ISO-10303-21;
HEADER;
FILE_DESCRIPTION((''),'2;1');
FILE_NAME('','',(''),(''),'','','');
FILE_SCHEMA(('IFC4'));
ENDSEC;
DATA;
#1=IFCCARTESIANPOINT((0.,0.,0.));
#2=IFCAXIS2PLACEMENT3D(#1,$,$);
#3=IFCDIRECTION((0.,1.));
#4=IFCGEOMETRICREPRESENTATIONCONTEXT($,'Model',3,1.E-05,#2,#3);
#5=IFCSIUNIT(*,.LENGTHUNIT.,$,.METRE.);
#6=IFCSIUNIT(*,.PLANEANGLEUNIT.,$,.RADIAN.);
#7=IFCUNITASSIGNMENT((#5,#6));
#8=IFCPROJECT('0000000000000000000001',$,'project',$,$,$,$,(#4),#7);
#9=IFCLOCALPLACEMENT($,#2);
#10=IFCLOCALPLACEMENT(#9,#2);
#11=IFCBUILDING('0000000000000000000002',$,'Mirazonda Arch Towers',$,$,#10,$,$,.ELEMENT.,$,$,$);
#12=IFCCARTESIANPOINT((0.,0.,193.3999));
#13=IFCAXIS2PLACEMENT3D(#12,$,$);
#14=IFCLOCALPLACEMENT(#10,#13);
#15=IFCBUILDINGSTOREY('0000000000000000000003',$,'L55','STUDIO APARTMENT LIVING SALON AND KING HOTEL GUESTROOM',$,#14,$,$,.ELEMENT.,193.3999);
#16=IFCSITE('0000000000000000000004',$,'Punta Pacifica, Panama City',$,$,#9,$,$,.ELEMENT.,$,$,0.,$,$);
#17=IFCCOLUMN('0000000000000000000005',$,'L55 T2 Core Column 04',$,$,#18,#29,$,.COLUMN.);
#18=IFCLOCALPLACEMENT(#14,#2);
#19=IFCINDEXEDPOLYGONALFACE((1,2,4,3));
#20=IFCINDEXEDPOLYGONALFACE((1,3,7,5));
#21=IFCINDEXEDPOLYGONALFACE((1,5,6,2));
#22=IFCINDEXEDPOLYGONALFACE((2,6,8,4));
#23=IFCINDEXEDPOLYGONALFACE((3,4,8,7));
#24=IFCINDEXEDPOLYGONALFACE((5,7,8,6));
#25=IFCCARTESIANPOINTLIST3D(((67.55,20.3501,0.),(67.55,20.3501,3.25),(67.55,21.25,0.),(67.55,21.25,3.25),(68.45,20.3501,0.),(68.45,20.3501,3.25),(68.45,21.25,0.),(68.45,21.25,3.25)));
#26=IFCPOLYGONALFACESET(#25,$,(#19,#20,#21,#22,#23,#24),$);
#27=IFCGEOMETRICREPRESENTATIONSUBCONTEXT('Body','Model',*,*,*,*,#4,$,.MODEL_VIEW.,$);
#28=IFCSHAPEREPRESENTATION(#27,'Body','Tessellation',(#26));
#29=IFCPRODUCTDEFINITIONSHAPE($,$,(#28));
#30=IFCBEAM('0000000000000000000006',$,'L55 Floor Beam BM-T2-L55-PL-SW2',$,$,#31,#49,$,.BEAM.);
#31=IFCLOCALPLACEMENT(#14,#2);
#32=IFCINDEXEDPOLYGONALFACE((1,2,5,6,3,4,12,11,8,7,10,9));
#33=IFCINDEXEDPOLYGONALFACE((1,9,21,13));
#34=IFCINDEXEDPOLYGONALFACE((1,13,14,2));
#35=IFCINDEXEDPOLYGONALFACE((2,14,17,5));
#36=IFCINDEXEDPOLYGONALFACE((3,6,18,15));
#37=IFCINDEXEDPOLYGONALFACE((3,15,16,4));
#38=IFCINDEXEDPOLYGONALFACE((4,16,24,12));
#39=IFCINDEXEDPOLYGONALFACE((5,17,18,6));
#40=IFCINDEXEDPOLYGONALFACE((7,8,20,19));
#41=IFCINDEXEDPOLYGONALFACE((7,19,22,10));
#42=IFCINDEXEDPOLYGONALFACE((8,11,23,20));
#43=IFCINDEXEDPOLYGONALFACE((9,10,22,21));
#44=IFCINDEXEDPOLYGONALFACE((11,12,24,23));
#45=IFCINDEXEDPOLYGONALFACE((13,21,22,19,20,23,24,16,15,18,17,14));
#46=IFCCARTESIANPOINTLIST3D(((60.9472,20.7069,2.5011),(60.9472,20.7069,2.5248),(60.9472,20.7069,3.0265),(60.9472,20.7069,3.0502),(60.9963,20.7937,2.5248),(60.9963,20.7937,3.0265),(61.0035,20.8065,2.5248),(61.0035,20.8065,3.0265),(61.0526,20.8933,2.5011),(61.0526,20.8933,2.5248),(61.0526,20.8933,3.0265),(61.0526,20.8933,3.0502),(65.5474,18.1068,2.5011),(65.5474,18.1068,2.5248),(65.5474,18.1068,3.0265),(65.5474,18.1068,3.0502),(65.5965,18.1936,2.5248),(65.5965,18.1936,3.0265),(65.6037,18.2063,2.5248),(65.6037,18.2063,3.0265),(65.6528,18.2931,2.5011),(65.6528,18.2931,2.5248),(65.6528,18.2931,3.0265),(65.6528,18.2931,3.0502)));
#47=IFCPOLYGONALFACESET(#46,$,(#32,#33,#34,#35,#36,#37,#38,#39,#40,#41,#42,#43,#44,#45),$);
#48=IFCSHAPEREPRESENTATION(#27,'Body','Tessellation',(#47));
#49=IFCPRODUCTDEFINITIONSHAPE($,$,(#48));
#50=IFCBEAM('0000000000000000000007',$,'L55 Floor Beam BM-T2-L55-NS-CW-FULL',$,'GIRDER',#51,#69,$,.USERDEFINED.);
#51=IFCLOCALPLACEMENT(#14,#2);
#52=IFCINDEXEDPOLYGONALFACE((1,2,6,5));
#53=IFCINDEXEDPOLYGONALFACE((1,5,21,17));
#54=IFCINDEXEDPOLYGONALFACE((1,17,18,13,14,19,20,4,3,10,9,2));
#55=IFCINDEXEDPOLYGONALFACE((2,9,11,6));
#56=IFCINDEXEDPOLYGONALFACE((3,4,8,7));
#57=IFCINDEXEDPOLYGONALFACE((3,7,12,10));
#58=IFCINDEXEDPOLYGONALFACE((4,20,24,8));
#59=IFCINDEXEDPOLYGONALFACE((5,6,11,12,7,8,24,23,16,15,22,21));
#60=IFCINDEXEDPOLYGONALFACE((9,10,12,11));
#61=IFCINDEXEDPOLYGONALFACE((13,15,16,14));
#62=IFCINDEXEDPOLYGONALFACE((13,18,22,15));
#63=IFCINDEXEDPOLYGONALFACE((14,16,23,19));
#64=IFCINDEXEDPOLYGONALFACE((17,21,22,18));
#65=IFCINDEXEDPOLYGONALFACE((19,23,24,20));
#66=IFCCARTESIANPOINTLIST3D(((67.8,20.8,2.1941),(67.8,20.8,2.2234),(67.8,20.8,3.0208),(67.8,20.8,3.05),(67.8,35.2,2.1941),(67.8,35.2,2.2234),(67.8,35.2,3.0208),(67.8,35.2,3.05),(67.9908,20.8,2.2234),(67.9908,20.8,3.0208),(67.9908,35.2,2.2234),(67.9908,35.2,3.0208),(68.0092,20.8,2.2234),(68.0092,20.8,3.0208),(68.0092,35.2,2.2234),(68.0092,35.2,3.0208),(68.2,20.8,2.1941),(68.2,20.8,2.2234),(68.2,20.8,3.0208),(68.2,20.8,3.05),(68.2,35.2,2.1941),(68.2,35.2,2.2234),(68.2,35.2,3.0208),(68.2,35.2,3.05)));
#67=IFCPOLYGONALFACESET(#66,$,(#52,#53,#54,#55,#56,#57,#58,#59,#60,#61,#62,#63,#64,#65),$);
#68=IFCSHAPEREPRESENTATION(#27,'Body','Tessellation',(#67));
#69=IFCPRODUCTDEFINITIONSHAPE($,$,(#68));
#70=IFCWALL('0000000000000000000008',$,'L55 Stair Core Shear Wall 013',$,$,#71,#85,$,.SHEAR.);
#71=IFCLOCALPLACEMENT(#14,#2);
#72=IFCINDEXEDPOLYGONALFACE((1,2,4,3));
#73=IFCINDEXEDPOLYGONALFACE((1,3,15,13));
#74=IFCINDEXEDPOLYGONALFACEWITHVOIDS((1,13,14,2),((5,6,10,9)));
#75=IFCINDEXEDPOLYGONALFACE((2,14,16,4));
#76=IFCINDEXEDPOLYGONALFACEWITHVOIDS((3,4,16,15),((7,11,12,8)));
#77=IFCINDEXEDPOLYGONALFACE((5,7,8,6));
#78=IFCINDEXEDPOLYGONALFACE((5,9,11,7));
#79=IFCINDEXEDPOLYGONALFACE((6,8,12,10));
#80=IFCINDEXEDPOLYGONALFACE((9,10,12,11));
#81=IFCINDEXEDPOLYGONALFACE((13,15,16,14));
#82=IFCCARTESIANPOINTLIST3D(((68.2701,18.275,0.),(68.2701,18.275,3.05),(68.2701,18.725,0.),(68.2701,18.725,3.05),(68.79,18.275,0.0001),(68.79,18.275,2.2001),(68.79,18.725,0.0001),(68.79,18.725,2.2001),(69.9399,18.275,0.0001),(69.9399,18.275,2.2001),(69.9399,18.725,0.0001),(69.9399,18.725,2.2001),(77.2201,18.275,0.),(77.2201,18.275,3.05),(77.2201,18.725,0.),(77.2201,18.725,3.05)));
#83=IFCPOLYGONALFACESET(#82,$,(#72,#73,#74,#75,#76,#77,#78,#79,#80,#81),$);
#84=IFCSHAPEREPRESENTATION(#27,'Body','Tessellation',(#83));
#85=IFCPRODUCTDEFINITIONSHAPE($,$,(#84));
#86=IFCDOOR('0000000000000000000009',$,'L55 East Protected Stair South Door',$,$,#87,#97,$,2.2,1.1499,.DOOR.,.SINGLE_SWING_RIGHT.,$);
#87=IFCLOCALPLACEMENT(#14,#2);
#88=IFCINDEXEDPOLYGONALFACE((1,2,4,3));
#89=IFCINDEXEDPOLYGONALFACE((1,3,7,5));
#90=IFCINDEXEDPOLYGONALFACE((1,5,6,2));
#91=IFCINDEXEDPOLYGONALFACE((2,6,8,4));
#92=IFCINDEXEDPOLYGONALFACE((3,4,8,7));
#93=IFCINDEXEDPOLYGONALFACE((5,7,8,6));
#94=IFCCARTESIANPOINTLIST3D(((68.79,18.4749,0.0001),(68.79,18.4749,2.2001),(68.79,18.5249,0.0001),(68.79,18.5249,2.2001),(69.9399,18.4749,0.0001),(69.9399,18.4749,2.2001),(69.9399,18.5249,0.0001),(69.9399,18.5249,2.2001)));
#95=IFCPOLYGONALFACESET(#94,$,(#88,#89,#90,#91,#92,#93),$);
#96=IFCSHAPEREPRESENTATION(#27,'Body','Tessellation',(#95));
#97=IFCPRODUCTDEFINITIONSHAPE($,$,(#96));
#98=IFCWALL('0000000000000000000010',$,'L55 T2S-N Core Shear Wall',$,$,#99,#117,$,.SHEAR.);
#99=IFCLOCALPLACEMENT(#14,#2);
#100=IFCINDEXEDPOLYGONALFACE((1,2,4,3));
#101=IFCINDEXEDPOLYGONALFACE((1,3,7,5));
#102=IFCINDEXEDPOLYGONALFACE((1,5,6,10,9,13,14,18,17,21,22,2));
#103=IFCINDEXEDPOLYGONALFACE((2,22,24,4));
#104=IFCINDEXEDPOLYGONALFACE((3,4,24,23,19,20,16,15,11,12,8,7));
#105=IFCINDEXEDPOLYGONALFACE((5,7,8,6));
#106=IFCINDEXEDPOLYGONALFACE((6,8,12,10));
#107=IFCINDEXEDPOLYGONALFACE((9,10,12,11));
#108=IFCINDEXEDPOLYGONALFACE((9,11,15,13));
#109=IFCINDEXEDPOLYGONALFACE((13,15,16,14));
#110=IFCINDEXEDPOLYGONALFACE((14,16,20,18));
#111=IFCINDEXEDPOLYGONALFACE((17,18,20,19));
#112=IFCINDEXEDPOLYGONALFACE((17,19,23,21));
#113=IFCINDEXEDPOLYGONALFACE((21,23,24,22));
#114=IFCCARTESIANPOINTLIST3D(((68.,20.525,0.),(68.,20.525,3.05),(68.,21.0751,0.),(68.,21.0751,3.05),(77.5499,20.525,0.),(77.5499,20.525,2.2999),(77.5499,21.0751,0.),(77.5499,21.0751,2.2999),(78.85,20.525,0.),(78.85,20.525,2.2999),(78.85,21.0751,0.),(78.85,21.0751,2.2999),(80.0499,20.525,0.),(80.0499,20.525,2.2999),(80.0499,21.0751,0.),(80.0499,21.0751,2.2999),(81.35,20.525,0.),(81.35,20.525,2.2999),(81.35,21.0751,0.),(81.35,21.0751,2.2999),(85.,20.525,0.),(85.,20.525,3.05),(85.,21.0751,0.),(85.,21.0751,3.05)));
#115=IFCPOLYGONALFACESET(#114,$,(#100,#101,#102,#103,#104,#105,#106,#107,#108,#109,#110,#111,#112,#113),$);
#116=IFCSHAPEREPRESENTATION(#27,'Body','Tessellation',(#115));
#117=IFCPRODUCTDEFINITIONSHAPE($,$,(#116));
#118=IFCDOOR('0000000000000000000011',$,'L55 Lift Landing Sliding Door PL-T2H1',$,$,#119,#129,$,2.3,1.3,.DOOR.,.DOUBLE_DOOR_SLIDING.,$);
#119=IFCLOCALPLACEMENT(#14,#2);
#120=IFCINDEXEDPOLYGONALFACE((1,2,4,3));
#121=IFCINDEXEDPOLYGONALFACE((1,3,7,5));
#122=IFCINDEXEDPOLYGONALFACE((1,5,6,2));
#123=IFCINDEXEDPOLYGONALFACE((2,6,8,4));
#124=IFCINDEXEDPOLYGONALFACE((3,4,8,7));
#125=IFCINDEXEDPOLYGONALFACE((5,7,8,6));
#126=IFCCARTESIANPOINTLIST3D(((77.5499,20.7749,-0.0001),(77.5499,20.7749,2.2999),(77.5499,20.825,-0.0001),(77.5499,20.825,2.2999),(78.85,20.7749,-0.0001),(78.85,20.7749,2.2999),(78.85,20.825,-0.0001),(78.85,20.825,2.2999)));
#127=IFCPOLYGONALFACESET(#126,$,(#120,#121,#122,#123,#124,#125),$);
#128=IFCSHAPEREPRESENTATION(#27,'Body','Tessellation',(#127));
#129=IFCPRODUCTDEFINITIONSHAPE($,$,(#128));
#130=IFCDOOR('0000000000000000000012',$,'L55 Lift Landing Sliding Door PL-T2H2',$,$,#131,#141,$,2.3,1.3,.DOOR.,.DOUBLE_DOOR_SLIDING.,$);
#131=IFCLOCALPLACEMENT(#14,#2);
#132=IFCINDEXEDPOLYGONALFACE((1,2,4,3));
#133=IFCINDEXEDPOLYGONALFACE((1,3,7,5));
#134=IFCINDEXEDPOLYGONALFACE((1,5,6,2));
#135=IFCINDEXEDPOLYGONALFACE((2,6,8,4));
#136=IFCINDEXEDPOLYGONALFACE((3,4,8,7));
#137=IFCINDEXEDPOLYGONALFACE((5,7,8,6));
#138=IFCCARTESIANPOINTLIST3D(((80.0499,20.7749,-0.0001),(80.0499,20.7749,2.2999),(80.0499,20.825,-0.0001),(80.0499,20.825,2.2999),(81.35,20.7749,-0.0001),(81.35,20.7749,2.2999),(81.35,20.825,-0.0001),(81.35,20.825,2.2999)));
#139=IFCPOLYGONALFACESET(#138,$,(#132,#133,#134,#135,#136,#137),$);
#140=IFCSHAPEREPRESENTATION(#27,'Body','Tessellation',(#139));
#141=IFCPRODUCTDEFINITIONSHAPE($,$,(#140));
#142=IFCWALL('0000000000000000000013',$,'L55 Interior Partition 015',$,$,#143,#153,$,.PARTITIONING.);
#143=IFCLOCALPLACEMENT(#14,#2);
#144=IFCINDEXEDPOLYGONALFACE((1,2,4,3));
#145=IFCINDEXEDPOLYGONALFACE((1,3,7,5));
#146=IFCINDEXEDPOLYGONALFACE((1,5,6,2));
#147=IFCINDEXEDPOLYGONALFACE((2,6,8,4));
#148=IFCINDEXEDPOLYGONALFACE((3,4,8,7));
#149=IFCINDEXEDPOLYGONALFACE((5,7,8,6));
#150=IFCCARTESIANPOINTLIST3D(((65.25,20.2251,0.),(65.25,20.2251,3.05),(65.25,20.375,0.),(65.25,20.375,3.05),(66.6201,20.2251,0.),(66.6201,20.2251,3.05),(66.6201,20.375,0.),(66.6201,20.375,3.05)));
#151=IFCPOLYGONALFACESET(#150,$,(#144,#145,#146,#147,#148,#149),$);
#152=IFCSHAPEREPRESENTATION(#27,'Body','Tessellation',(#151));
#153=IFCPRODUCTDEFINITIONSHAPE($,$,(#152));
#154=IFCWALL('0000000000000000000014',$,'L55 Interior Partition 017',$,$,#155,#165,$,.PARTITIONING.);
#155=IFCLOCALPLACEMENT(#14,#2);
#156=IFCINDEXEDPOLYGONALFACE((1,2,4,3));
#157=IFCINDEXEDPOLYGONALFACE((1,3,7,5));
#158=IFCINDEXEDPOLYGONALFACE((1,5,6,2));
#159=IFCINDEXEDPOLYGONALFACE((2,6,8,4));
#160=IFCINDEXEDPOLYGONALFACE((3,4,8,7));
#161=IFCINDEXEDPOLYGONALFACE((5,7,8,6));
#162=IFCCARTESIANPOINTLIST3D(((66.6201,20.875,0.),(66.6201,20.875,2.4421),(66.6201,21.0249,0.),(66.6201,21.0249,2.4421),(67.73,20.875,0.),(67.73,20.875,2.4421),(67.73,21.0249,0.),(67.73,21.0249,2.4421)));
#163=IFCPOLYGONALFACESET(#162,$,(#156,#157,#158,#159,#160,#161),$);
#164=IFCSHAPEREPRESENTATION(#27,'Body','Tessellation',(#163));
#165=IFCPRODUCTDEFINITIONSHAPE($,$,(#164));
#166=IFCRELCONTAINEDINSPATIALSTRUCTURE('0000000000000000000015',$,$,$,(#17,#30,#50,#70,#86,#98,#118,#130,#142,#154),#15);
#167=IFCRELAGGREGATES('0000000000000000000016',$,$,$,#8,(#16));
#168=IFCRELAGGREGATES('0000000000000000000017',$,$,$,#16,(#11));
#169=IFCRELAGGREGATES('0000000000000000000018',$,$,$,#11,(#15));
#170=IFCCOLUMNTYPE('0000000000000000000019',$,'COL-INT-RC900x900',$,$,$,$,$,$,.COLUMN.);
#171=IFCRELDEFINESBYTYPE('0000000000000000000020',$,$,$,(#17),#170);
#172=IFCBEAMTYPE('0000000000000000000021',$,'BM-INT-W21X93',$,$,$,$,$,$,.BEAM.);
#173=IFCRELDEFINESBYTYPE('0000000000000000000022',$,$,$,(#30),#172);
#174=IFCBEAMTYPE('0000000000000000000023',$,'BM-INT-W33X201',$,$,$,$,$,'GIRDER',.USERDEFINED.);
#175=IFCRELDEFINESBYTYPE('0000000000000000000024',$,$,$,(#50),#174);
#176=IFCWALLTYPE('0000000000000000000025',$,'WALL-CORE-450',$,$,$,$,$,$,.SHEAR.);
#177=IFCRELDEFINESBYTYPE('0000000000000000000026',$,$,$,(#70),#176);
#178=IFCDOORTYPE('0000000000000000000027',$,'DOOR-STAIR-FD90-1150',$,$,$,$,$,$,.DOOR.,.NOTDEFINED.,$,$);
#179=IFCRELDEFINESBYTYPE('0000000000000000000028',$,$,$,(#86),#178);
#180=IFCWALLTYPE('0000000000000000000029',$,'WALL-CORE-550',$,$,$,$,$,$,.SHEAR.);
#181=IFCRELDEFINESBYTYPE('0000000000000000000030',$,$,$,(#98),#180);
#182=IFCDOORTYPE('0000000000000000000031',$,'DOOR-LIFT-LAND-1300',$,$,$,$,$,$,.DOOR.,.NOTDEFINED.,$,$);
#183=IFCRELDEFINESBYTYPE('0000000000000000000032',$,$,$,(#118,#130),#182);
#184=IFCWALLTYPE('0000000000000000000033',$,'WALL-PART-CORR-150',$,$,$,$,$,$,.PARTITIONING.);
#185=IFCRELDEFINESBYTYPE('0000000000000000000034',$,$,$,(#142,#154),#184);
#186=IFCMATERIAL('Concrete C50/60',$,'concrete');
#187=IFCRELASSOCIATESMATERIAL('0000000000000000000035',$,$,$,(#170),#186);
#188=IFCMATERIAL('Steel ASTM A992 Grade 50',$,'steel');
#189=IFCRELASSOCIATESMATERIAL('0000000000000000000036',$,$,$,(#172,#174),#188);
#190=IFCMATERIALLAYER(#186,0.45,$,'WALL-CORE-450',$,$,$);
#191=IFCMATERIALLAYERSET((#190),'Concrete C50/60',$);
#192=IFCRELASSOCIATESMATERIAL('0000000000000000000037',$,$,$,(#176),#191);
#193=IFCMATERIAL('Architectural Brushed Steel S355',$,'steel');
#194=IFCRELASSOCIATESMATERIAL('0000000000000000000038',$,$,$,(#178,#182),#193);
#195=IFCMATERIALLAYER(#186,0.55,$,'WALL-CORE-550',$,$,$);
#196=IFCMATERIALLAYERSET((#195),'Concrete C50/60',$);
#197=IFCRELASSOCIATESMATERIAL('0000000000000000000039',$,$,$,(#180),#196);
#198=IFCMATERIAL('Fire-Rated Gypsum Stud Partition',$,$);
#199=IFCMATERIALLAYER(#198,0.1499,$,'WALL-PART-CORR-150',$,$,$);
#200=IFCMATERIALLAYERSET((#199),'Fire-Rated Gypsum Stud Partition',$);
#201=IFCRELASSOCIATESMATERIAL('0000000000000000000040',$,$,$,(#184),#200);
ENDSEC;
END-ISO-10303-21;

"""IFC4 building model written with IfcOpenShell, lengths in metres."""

from ifc_helpers import new_model, si_unit, direction, frame, frame_2d, origin, origin_2d, place, context, subcontext, project, spatial, rectangle, i_section, extrude, material, layer, layer_set, material_profile, profile_set, type_object, element, fill, save


model = new_model("IFC4")

# Units and contexts
model_context = context("Model", 3, precision=1e-05, world=origin(), true_north=direction((0.0, 1.0)))
body_context = subcontext(model_context, "Body", "Model", "MODEL_VIEW")
ifc_project = project(units=[si_unit("LENGTHUNIT", "METRE"), si_unit("PLANEANGLEUNIT", "RADIAN")], contexts=[model_context])

# Site, building, storey
site_placement = place(None, origin())
site = spatial("IfcSite", under=ifc_project, at=site_placement, Name="Punta Pacifica, Panama City", CompositionType="ELEMENT", RefElevation=0.0)
building_placement = place(site_placement, origin())
building = spatial("IfcBuilding", under=site, at=building_placement, Name="Mirazonda Arch Towers", CompositionType="ELEMENT")
storey_placement = place(building_placement, frame((0.0, 0.0, 193.3999)))
storey = spatial("IfcBuildingStorey", under=building, at=storey_placement, Name="L55", Description="STUDIO APARTMENT LIVING SALON AND KING HOTEL GUESTROOM", CompositionType="ELEMENT", Elevation=193.3999)

# Column
ifc_material_1 = material(Name="Concrete C50/60", Category="concrete")
ifc_material_profile_1 = material_profile(ifc_material_1, rectangle(XDim=0.8999, YDim=0.8999, at=origin_2d()), Name="RC900x900")
ifc_profile_set_1 = profile_set([ifc_material_profile_1], Name="Concrete C50/60")
column_type = type_object("IfcColumnType", Name="COL-INT-RC900x900", PredefinedType="COLUMN", material=ifc_profile_set_1)
column_placement = place(storey_placement, frame((68.0, 20.8, 0.0), z_axis=(0.0, 0.0, 1.0), x_axis=(1.0, 0.0, 0.0)))
element("IfcColumn", 1, at=column_placement, inside=storey, type_object=column_type, Name="L55 T2 Core Column 04", PredefinedType="COLUMN", context=body_context, shape_type="SweptSolid", body=[
    extrude(rectangle(XDim=0.8999, YDim=0.8999, at=origin_2d()), origin(), (0.0, 0.0, 1.0), 3.25),
])

# Beams
ifc_material_2 = material(Name="Steel ASTM A992 Grade 50", Category="steel")
ifc_material_profile_2 = material_profile(ifc_material_2, i_section(OverallWidth=0.2141, OverallDepth=0.5491, WebThickness=0.0146, FlangeThickness=0.0237, at=origin_2d()), Name="W21X93")
ifc_profile_set_2 = profile_set([ifc_material_profile_2], Name="Steel ASTM A992 Grade 50")
beam_type_1 = type_object("IfcBeamType", Name="BM-INT-W21X93", PredefinedType="BEAM", material=ifc_profile_set_2)
beam_1_placement = place(storey_placement, frame((65.6001, 18.2, 2.7756), z_axis=(-0.870559, 0.492063, 0.0), x_axis=(-0.492063, -0.870559, 0.0)))
element("IfcBeam", 2, at=beam_1_placement, inside=storey, type_object=beam_type_1, Name="L55 Floor Beam BM-T2-L55-PL-SW2", PredefinedType="BEAM", context=body_context, shape_type="SweptSolid", body=[
    extrude(i_section(OverallWidth=0.2141, OverallDepth=0.5491, WebThickness=0.0146, FlangeThickness=0.0237, at=origin_2d()), origin(), (0.0, 0.0, 1.0), 5.2842),
])
ifc_material_profile_3 = material_profile(ifc_material_2, i_section(OverallWidth=0.3999, OverallDepth=0.856, WebThickness=0.0183, FlangeThickness=0.0293, at=origin_2d()), Name="W33X201")
ifc_profile_set_3 = profile_set([ifc_material_profile_3], Name="Steel ASTM A992 Grade 50")
beam_type_2 = type_object("IfcBeamType", Name="BM-INT-W33X201", ElementType="GIRDER", PredefinedType="USERDEFINED", material=ifc_profile_set_3)
beam_2_placement = place(storey_placement, frame((68.0, 20.8, 2.6221), z_axis=(0.0, 1.0, 0.0), x_axis=(-1.0, 0.0, 0.0)))
element("IfcBeam", 3, at=beam_2_placement, inside=storey, type_object=beam_type_2, Name="L55 Floor Beam BM-T2-L55-NS-CW-FULL", ObjectType="GIRDER", PredefinedType="USERDEFINED", context=body_context, shape_type="SweptSolid", body=[
    extrude(i_section(OverallWidth=0.3999, OverallDepth=0.856, WebThickness=0.0183, FlangeThickness=0.0293, at=origin_2d()), origin(), (0.0, 0.0, 1.0), 14.3999),
])

# Wall, opening, door
ifc_layer_1 = layer(ifc_material_1, 0.45, Name="WALL-CORE-450")
ifc_layer_set_1 = layer_set([ifc_layer_1], Name="Concrete C50/60")
wall_type_1 = type_object("IfcWallType", Name="WALL-CORE-450", PredefinedType="SHEAR", material=ifc_layer_set_1)
wall_1_placement = place(storey_placement, frame((68.27, 18.5, 0.0), z_axis=(0.0, 0.0, 1.0), x_axis=(1.0, 0.0, 0.0)))
wall_1 = element("IfcWall", 4, at=wall_1_placement, inside=storey, type_object=wall_type_1, Name="L55 Stair Core Shear Wall 013", PredefinedType="SHEAR", context=body_context, shape_type="SweptSolid", body=[
    extrude(rectangle(XDim=8.95, YDim=0.45, at=frame_2d((4.4751, 0.0))), origin(), (0.0, 0.0, 1.0), 3.05),
])
opening_1_placement = place(wall_1_placement, frame((0.52, 0.0, 0.0)))
opening_1 = element("IfcOpeningElement", 5, at=opening_1_placement, cuts=wall_1, PredefinedType="OPENING", context=body_context, shape_type="SweptSolid", body=[
    extrude(rectangle(XDim=1.1499, YDim=2.2, at=frame_2d((0.575, 1.1001))), frame((0.0, 0.2349, 0.0), z_axis=(0.0, -1.0, 0.0), x_axis=(1.0, 0.0, 0.0)), (0.0, 0.0, 1.0), 0.47),
])
ifc_material_3 = material(Name="Architectural Brushed Steel S355", Category="steel")
door_type_1 = type_object("IfcDoorType", Name="DOOR-STAIR-FD90-1150", OperationType="NOTDEFINED", PredefinedType="DOOR", material=ifc_material_3)
door_1_placement = place(opening_1_placement, origin())
door_1 = element("IfcDoor", 6, at=door_1_placement, inside=storey, type_object=door_type_1, Name="L55 East Protected Stair South Door", OperationType="SINGLE_SWING_RIGHT", OverallHeight=2.2, OverallWidth=1.1499, PredefinedType="DOOR", context=body_context, shape_type="SweptSolid", body=[
    extrude(rectangle(XDim=1.1499, YDim=2.2, at=frame_2d((0.575, 1.1001))), frame((0.0, 0.0249, 0.0), z_axis=(0.0, -1.0, 0.0), x_axis=(1.0, 0.0, 0.0)), (0.0, 0.0, 1.0), 0.05),
])
fill(opening_1, door_1)

# Wall, openings, doors
ifc_layer_2 = layer(ifc_material_1, 0.55, Name="WALL-CORE-550")
ifc_layer_set_2 = layer_set([ifc_layer_2], Name="Concrete C50/60")
wall_type_2 = type_object("IfcWallType", Name="WALL-CORE-550", PredefinedType="SHEAR", material=ifc_layer_set_2)
wall_2_placement = place(storey_placement, frame((68.0, 20.8, 0.0), z_axis=(0.0, 0.0, 1.0), x_axis=(1.0, 0.0, 0.0)))
wall_2 = element("IfcWall", 7, at=wall_2_placement, inside=storey, type_object=wall_type_2, Name="L55 T2S-N Core Shear Wall", PredefinedType="SHEAR", context=body_context, shape_type="SweptSolid", body=[
    extrude(rectangle(XDim=17.0, YDim=0.55, at=frame_2d((8.5, 0.0))), origin(), (0.0, 0.0, 1.0), 3.05),
])
opening_2_placement = place(wall_2_placement, frame((9.55, 0.0, 0.0)))
opening_2 = element("IfcOpeningElement", 8, at=opening_2_placement, cuts=wall_2, PredefinedType="OPENING", context=body_context, shape_type="SweptSolid", body=[
    extrude(rectangle(XDim=1.3, YDim=2.3, at=frame_2d((0.6499, 1.1499))), frame((0.0, 0.2849, 0.0), z_axis=(0.0, -1.0, 0.0), x_axis=(1.0, 0.0, 0.0)), (0.0, 0.0, 1.0), 0.5701),
])
opening_3_placement = place(wall_2_placement, frame((12.05, 0.0, 0.0)))
opening_3 = element("IfcOpeningElement", 9, at=opening_3_placement, cuts=wall_2, PredefinedType="OPENING", context=body_context, shape_type="SweptSolid", body=[
    extrude(rectangle(XDim=1.3, YDim=2.3, at=frame_2d((0.6499, 1.1499))), frame((0.0, 0.2849, 0.0), z_axis=(0.0, -1.0, 0.0), x_axis=(1.0, 0.0, 0.0)), (0.0, 0.0, 1.0), 0.5701),
])
door_type_2 = type_object("IfcDoorType", Name="DOOR-LIFT-LAND-1300", OperationType="NOTDEFINED", PredefinedType="DOOR", material=ifc_material_3)
door_2_placement = place(opening_2_placement, origin())
door_2 = element("IfcDoor", 10, at=door_2_placement, inside=storey, type_object=door_type_2, Name="L55 Lift Landing Sliding Door PL-T2H1", OperationType="DOUBLE_DOOR_SLIDING", OverallHeight=2.3, OverallWidth=1.3, PredefinedType="DOOR", context=body_context, shape_type="SweptSolid", body=[
    extrude(rectangle(XDim=1.3, YDim=2.3, at=frame_2d((0.6499, 1.1499))), frame((0.0, 0.0249, 0.0), z_axis=(0.0, -1.0, 0.0), x_axis=(1.0, 0.0, 0.0)), (0.0, 0.0, 1.0), 0.05),
])
fill(opening_2, door_2)
door_3_placement = place(opening_3_placement, origin())
door_3 = element("IfcDoor", 11, at=door_3_placement, inside=storey, type_object=door_type_2, Name="L55 Lift Landing Sliding Door PL-T2H2", OperationType="DOUBLE_DOOR_SLIDING", OverallHeight=2.3, OverallWidth=1.3, PredefinedType="DOOR", context=body_context, shape_type="SweptSolid", body=[
    extrude(rectangle(XDim=1.3, YDim=2.3, at=frame_2d((0.6499, 1.1499))), frame((0.0, 0.0249, 0.0), z_axis=(0.0, -1.0, 0.0), x_axis=(1.0, 0.0, 0.0)), (0.0, 0.0, 1.0), 0.05),
])
fill(opening_3, door_3)

# Walls
ifc_material_4 = material(Name="Fire-Rated Gypsum Stud Partition")
ifc_layer_3 = layer(ifc_material_4, 0.1499, Name="WALL-PART-CORR-150")
ifc_layer_set_3 = layer_set([ifc_layer_3], Name="Fire-Rated Gypsum Stud Partition")
wall_type_3 = type_object("IfcWallType", Name="WALL-PART-CORR-150", PredefinedType="PARTITIONING", material=ifc_layer_set_3)
wall_3_placement = place(storey_placement, frame((65.25, 20.3, 0.0), z_axis=(0.0, 0.0, 1.0), x_axis=(1.0, 0.0, 0.0)))
element("IfcWall", 12, at=wall_3_placement, inside=storey, type_object=wall_type_3, Name="L55 Interior Partition 015", PredefinedType="PARTITIONING", context=body_context, shape_type="SweptSolid", body=[
    extrude(rectangle(XDim=1.3701, YDim=0.1499, at=frame_2d((0.6851, 0.0))), origin(), (0.0, 0.0, 1.0), 3.05),
])
wall_4_placement = place(storey_placement, frame((66.6201, 20.95, 0.0), z_axis=(0.0, 0.0, 1.0), x_axis=(1.0, 0.0, 0.0)))
element("IfcWall", 13, at=wall_4_placement, inside=storey, type_object=wall_type_3, Name="L55 Interior Partition 017", PredefinedType="PARTITIONING", context=body_context, shape_type="SweptSolid", body=[
    extrude(rectangle(XDim=1.1099, YDim=0.1499, at=frame_2d((0.5549, 0.0))), origin(), (0.0, 0.0, 1.0), 2.4421),
])

save(model, "model.ifc")
